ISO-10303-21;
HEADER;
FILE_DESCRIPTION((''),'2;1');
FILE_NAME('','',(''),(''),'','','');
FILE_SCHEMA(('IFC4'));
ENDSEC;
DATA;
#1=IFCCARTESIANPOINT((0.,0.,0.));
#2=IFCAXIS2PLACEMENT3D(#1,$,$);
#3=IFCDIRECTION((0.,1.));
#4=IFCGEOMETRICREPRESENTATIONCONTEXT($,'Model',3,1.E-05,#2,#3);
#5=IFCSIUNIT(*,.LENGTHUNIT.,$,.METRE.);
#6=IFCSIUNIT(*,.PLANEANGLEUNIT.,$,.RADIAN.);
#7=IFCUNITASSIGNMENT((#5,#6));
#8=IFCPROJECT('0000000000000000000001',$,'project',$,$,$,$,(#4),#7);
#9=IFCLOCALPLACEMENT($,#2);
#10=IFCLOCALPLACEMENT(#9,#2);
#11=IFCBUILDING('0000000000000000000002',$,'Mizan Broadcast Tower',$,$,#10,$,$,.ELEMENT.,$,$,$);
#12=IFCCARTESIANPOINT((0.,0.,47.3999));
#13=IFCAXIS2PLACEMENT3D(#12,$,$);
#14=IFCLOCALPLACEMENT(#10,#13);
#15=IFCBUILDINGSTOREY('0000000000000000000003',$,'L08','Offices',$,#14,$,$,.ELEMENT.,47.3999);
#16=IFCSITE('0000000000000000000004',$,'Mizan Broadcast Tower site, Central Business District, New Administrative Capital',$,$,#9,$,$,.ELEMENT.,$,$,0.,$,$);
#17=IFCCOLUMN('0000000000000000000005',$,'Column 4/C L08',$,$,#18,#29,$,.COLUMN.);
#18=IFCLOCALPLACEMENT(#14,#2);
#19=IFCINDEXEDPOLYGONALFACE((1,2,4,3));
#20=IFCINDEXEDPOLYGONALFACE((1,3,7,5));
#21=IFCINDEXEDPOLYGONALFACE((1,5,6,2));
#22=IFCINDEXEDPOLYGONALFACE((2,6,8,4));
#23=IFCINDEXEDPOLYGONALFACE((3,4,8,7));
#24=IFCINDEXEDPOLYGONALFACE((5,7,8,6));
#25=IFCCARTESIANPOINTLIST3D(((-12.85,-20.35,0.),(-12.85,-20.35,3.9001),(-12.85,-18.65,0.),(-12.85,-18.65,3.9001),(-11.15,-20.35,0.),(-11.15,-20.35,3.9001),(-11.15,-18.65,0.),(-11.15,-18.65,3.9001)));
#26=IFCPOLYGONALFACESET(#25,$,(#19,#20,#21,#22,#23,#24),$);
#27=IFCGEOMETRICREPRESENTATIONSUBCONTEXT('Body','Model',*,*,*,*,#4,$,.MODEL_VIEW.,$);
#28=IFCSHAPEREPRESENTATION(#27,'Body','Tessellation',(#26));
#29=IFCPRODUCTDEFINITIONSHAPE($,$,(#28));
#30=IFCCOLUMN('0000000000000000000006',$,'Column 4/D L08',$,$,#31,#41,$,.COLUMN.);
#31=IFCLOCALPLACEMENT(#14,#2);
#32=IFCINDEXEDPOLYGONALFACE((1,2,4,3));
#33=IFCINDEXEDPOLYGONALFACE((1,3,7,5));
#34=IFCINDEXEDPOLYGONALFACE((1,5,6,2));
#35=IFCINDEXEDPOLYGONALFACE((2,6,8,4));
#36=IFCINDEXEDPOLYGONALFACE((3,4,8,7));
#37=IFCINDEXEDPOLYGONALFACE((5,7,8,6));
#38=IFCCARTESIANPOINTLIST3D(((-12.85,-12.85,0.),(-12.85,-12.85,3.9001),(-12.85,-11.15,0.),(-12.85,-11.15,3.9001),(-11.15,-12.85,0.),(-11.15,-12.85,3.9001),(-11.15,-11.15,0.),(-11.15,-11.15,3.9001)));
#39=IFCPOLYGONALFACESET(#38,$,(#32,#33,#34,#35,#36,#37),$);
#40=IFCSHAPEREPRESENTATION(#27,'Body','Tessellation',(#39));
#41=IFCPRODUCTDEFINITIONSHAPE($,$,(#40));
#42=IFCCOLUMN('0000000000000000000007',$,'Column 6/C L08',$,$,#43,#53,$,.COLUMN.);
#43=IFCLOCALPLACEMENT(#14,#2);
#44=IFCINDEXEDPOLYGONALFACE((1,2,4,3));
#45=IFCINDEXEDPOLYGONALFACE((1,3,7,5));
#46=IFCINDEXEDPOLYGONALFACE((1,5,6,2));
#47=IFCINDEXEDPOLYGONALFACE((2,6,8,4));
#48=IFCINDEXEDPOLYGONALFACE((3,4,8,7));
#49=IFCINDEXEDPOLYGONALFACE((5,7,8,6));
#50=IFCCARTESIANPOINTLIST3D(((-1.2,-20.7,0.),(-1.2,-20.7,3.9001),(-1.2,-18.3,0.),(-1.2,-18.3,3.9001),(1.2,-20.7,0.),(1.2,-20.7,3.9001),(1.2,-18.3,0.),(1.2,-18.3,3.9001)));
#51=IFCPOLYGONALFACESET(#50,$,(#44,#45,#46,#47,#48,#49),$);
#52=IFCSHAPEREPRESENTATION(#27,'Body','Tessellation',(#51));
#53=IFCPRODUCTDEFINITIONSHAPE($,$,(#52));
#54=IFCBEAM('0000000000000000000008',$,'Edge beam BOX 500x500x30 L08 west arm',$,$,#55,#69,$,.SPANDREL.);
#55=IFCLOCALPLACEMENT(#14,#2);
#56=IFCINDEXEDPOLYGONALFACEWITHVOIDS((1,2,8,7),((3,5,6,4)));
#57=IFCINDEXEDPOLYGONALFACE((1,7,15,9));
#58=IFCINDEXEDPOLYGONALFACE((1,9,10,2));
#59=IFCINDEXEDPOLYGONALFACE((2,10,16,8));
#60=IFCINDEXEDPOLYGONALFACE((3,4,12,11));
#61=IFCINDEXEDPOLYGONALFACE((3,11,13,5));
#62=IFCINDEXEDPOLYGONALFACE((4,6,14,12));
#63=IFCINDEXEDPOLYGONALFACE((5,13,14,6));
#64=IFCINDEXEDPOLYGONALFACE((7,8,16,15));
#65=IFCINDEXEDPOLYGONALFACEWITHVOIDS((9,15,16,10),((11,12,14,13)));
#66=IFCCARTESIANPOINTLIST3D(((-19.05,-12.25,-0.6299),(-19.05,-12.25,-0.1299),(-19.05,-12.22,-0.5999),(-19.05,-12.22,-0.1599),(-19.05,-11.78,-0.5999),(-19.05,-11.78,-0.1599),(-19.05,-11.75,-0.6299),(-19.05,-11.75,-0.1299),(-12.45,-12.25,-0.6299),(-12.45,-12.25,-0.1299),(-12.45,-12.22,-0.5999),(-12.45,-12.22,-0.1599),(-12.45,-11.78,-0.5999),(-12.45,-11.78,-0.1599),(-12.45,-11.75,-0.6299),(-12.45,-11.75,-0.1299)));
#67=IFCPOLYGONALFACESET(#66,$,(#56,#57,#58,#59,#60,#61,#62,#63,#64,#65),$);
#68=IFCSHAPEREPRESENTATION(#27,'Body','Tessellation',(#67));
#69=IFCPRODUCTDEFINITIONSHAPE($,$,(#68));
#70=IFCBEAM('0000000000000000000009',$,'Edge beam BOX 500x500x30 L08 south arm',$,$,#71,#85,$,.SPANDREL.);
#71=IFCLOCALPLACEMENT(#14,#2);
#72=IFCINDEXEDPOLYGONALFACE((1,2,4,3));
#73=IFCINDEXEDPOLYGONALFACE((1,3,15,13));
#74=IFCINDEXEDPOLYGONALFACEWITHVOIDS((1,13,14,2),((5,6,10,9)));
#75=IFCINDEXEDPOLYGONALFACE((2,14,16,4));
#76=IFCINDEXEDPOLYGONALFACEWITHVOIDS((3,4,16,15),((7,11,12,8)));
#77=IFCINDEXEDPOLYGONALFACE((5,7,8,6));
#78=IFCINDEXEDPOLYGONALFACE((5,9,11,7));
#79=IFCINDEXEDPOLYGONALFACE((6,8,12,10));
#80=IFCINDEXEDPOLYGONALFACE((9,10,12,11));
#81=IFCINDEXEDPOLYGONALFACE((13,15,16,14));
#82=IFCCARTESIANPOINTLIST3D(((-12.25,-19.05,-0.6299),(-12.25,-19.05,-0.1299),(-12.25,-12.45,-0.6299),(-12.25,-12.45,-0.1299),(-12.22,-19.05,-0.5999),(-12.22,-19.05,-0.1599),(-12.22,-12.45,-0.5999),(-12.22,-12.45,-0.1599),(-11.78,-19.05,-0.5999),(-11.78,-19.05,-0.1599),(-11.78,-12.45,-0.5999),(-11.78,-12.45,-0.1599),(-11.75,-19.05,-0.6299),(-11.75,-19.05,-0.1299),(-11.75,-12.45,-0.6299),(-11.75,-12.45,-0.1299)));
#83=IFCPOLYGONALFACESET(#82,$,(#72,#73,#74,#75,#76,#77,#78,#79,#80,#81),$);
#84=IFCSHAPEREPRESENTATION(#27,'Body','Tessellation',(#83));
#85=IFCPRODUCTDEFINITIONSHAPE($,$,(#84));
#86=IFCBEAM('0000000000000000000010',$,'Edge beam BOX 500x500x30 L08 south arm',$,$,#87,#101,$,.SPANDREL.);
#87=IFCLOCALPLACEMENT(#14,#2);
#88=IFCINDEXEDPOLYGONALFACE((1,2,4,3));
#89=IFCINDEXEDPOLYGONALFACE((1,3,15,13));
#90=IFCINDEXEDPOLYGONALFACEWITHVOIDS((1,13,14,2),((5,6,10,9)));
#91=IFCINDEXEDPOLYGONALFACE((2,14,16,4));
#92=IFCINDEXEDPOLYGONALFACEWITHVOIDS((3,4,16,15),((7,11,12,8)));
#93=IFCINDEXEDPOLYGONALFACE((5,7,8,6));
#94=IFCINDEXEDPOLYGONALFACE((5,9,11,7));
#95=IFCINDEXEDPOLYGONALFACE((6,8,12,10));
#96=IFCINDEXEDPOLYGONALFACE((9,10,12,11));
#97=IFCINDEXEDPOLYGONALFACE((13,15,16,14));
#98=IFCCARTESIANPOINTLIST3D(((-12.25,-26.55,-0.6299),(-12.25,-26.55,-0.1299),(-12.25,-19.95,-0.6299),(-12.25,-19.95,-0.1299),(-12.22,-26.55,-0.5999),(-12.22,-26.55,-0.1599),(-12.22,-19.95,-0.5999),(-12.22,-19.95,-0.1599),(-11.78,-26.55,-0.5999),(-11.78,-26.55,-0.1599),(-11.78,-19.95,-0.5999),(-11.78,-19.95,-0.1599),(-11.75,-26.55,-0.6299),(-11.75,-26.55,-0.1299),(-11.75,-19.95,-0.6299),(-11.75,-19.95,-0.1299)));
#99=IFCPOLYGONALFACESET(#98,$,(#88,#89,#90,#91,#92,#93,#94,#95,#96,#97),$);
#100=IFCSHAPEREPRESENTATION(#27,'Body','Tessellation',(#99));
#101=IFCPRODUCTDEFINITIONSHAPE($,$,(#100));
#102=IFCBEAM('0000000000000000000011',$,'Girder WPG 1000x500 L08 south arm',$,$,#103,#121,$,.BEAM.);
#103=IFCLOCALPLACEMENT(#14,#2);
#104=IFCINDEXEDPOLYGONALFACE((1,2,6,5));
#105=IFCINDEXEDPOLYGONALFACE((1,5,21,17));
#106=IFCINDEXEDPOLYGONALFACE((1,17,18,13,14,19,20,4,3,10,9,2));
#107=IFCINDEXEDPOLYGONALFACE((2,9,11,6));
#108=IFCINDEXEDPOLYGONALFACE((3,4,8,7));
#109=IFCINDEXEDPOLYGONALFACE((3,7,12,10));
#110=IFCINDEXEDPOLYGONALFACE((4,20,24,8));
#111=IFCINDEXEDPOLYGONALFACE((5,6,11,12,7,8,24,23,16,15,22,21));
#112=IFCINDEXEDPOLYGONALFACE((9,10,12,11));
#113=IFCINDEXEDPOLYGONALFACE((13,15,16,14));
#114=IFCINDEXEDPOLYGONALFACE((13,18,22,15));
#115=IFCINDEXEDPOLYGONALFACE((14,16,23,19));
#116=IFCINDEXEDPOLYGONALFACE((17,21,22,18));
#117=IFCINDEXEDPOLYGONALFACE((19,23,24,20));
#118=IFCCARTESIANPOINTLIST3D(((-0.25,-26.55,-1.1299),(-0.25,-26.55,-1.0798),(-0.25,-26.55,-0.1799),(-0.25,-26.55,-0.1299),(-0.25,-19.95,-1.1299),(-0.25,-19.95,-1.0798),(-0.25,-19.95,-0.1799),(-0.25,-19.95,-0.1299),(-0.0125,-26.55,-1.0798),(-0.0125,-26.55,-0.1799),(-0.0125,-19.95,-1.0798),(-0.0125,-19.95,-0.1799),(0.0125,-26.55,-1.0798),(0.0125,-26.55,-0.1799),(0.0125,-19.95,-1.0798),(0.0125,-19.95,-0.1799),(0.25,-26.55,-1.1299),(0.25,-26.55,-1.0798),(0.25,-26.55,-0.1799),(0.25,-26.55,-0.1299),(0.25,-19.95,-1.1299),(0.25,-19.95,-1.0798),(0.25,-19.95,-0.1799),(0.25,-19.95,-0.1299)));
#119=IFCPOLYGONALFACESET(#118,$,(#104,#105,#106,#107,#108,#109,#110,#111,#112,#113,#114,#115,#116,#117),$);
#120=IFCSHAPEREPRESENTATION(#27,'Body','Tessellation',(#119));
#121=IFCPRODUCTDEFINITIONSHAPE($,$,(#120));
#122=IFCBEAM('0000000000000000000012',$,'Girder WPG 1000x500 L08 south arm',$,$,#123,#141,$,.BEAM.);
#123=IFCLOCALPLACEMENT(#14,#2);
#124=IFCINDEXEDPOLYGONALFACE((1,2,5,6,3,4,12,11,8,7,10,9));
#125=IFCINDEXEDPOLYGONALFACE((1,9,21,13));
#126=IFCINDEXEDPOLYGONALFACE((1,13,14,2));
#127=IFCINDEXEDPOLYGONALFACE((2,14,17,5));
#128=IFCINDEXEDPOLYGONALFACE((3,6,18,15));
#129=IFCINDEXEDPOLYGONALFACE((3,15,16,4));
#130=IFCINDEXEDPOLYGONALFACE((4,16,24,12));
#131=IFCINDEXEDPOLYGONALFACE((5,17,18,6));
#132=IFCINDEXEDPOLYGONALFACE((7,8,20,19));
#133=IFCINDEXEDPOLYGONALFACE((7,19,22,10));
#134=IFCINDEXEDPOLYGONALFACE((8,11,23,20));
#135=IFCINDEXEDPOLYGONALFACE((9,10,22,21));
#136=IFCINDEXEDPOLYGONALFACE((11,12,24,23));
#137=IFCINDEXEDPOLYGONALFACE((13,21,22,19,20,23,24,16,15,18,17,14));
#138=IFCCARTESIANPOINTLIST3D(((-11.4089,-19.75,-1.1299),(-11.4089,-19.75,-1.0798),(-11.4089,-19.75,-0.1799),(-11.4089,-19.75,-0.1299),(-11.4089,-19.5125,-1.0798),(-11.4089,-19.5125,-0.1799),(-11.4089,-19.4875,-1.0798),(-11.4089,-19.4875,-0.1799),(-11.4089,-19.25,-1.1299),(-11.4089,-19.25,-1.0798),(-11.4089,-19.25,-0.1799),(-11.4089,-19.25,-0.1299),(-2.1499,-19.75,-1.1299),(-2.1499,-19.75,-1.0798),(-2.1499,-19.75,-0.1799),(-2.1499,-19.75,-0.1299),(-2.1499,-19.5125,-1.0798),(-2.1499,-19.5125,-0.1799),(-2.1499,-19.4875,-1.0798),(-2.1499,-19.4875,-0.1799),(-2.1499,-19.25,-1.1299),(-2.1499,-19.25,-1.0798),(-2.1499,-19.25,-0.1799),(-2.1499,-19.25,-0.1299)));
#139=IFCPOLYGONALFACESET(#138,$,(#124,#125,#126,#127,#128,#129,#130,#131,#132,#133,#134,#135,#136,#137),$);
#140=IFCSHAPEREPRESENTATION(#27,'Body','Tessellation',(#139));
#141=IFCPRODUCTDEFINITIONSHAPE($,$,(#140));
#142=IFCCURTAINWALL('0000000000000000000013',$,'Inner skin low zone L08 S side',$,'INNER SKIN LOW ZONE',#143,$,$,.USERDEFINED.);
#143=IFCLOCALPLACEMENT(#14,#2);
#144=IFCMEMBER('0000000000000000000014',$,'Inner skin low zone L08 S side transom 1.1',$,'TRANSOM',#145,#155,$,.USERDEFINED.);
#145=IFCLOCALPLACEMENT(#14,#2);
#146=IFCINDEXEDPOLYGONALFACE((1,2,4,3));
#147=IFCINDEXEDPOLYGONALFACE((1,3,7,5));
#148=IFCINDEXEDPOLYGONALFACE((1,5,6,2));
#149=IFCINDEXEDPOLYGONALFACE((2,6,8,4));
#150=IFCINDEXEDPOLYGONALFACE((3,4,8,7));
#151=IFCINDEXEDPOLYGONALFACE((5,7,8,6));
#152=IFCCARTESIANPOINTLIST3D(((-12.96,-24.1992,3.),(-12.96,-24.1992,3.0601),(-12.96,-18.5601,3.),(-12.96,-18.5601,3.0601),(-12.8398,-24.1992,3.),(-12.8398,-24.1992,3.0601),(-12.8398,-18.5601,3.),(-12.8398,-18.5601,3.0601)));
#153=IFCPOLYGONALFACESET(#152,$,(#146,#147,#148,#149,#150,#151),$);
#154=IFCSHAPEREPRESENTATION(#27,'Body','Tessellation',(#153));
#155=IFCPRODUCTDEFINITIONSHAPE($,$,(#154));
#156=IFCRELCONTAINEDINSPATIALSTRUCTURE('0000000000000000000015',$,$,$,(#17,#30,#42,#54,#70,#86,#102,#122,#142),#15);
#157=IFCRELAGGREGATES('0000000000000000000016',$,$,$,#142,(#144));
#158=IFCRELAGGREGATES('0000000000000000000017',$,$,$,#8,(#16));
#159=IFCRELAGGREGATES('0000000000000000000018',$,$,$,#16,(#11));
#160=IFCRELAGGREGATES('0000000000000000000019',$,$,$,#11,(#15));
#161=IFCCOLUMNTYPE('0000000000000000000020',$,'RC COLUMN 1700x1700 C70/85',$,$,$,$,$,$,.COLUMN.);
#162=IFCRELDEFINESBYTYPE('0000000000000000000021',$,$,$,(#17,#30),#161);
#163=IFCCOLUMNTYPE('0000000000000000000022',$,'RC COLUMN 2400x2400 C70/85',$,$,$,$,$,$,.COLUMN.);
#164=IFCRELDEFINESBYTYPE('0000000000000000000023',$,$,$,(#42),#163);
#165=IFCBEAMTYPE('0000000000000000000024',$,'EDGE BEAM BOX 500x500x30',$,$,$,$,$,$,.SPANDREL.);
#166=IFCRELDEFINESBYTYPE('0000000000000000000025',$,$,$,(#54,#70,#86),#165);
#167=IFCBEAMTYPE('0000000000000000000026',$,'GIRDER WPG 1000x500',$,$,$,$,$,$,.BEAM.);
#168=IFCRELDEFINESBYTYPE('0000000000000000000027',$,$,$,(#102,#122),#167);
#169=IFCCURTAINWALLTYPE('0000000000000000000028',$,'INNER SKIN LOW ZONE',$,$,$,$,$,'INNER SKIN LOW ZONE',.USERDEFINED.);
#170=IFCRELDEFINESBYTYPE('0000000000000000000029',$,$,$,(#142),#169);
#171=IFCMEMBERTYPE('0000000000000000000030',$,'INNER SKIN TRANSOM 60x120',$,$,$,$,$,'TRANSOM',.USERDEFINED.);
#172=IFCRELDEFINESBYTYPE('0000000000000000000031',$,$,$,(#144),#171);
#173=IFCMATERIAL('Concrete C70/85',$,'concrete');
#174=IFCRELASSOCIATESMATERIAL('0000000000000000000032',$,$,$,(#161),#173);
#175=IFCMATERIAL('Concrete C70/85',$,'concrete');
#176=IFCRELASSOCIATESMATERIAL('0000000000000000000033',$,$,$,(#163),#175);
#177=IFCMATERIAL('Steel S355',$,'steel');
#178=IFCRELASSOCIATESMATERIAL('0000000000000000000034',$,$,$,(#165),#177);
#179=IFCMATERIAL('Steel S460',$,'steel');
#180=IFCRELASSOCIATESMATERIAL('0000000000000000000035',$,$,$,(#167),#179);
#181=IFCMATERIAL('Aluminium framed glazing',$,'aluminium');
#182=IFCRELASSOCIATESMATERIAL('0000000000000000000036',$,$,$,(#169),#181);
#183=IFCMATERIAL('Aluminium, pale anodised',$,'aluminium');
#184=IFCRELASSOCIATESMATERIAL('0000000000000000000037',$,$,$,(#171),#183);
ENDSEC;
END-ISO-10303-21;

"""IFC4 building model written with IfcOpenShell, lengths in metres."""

from ifc_helpers import new_model, si_unit, direction, frame, origin, origin_2d, place, context, subcontext, project, spatial, rectangle, hollow_rectangle, i_section, extrude, material, material_profile, profile_set, type_object, element, aggregate, save


model = new_model("IFC4")

# Units and contexts
model_context = context("Model", 3, precision=1e-05, world=origin(), true_north=direction((0.0, 1.0)))
body_context = subcontext(model_context, "Body", "Model", "MODEL_VIEW")
ifc_project = project(units=[si_unit("LENGTHUNIT", "METRE"), si_unit("PLANEANGLEUNIT", "RADIAN")], contexts=[model_context])

# Site, building, storey
site_placement = place(None, origin())
site = spatial("IfcSite", under=ifc_project, at=site_placement, Name="Mizan Broadcast Tower site, Central Business District, New Administrative Capital", CompositionType="ELEMENT", RefElevation=0.0)
building_placement = place(site_placement, origin())
building = spatial("IfcBuilding", under=site, at=building_placement, Name="Mizan Broadcast Tower", CompositionType="ELEMENT")
storey_placement = place(building_placement, frame((0.0, 0.0, 47.3999)))
storey = spatial("IfcBuildingStorey", under=building, at=storey_placement, Name="L08", Description="Offices", CompositionType="ELEMENT", Elevation=47.3999)

# Columns
ifc_material_1 = material(Name="Concrete C70/85", Category="concrete")
ifc_material_profile_1 = material_profile(ifc_material_1, rectangle(XDim=1.7, YDim=1.7, at=origin_2d()), Name="RC 1700x1700")
ifc_profile_set_1 = profile_set([ifc_material_profile_1], Name="Concrete C70/85")
column_type_1 = type_object("IfcColumnType", Name="RC COLUMN 1700x1700 C70/85", PredefinedType="COLUMN", material=ifc_profile_set_1)
for number, where, z_axis, x_axis, name in (
    (1, (-12.0, -19.5, 0.0), (0.0, 0.0, 1.0), (1.0, 0.0, 0.0), "Column 4/C L08"),
    (2, (-12.0, -12.0, 0.0), (0.0, 0.0, 1.0), (1.0, 0.0, 0.0), "Column 4/D L08"),
):
    element("IfcColumn", number, at=place(storey_placement, frame(where, z_axis=z_axis, x_axis=x_axis)), inside=storey, type_object=column_type_1, Name=name, PredefinedType="COLUMN", context=body_context, shape_type="SweptSolid", body=[
        extrude(rectangle(XDim=1.7, YDim=1.7, at=origin_2d()), origin(), (0.0, 0.0, 1.0), 3.9001),
    ])
ifc_material_2 = material(Name="Concrete C70/85", Category="concrete")
ifc_material_profile_2 = material_profile(ifc_material_2, rectangle(XDim=2.3999, YDim=2.3999, at=origin_2d()), Name="RC 2400x2400")
ifc_profile_set_2 = profile_set([ifc_material_profile_2], Name="Concrete C70/85")
column_type_2 = type_object("IfcColumnType", Name="RC COLUMN 2400x2400 C70/85", PredefinedType="COLUMN", material=ifc_profile_set_2)
column_placement = place(storey_placement, frame((0.0, -19.5, 0.0), z_axis=(0.0, 0.0, 1.0), x_axis=(1.0, 0.0, 0.0)))
element("IfcColumn", 3, at=column_placement, inside=storey, type_object=column_type_2, Name="Column 6/C L08", PredefinedType="COLUMN", context=body_context, shape_type="SweptSolid", body=[
    extrude(rectangle(XDim=2.3999, YDim=2.3999, at=origin_2d()), origin(), (0.0, 0.0, 1.0), 3.9001),
])

# Beams
ifc_material_3 = material(Name="Steel S355", Category="steel")
ifc_material_profile_3 = material_profile(ifc_material_3, hollow_rectangle(XDim=0.5, YDim=0.5, WallThickness=0.03, at=origin_2d()), Name="BOX 500x500x30")
ifc_profile_set_3 = profile_set([ifc_material_profile_3], Name="Steel S355")
beam_type_1 = type_object("IfcBeamType", Name="EDGE BEAM BOX 500x500x30", PredefinedType="SPANDREL", material=ifc_profile_set_3)
for number, where, z_axis, x_axis, name in (
    (4, (-12.45, -12.0, -0.3799), (-1.0, 0.0, 0.0), (0.0, -1.0, 0.0), "Edge beam BOX 500x500x30 L08 west arm"),
    (5, (-12.0, -12.45, -0.3799), (0.0, -1.0, 0.0), (1.0, 0.0, 0.0), "Edge beam BOX 500x500x30 L08 south arm"),
    (6, (-12.0, -19.95, -0.3799), (0.0, -1.0, 0.0), (1.0, 0.0, 0.0), "Edge beam BOX 500x500x30 L08 south arm"),
):
    element("IfcBeam", number, at=place(storey_placement, frame(where, z_axis=z_axis, x_axis=x_axis)), inside=storey, type_object=beam_type_1, Name=name, PredefinedType="SPANDREL", context=body_context, shape_type="SweptSolid", body=[
        extrude(hollow_rectangle(XDim=0.5, YDim=0.5, WallThickness=0.03, at=origin_2d()), origin(), (0.0, 0.0, 1.0), 6.6001),
    ])
ifc_material_4 = material(Name="Steel S460", Category="steel")
ifc_material_profile_4 = material_profile(ifc_material_4, i_section(OverallWidth=0.5, OverallDepth=1.0, WebThickness=0.0249, FlangeThickness=0.05, at=origin_2d()), Name="WPG 1000x500")
ifc_profile_set_4 = profile_set([ifc_material_profile_4], Name="Steel S460")
beam_type_2 = type_object("IfcBeamType", Name="GIRDER WPG 1000x500", PredefinedType="BEAM", material=ifc_profile_set_4)
beam_1_placement = place(storey_placement, frame((0.0, -19.95, -0.6299), z_axis=(0.0, -1.0, 0.0), x_axis=(1.0, 0.0, 0.0)))
element("IfcBeam", 7, at=beam_1_placement, inside=storey, type_object=beam_type_2, Name="Girder WPG 1000x500 L08 south arm", PredefinedType="BEAM", context=body_context, shape_type="SweptSolid", body=[
    extrude(i_section(OverallWidth=0.5, OverallDepth=1.0, WebThickness=0.0249, FlangeThickness=0.05, at=origin_2d()), origin(), (0.0, 0.0, 1.0), 6.6001),
])
beam_2_placement = place(storey_placement, frame((-11.4089, -19.5, -0.6299), z_axis=(1.0, 0.0, 0.0), x_axis=(0.0, 1.0, 0.0)))
element("IfcBeam", 8, at=beam_2_placement, inside=storey, type_object=beam_type_2, Name="Girder WPG 1000x500 L08 south arm", PredefinedType="BEAM", context=body_context, shape_type="SweptSolid", body=[
    extrude(i_section(OverallWidth=0.5, OverallDepth=1.0, WebThickness=0.0249, FlangeThickness=0.05, at=origin_2d()), origin(), (0.0, 0.0, 1.0), 9.259),
])

# Curtain wall, member
ifc_material_5 = material(Name="Aluminium framed glazing", Category="aluminium")
curtain_wall_type = type_object("IfcCurtainWallType", Name="INNER SKIN LOW ZONE", ElementType="INNER SKIN LOW ZONE", PredefinedType="USERDEFINED", material=ifc_material_5)
curtain_wall_placement = place(storey_placement, origin())
curtain_wall = element("IfcCurtainWall", 9, at=curtain_wall_placement, inside=storey, type_object=curtain_wall_type, Name="Inner skin low zone L08 S side", ObjectType="INNER SKIN LOW ZONE", PredefinedType="USERDEFINED")
ifc_material_6 = material(Name="Aluminium, pale anodised", Category="aluminium")
ifc_material_profile_5 = material_profile(ifc_material_6, rectangle(XDim=0.1201, YDim=0.0601, at=origin_2d()), Name="TRANSOM 120x60")
ifc_profile_set_5 = profile_set([ifc_material_profile_5], Name="Aluminium, pale anodised")
member_type = type_object("IfcMemberType", Name="INNER SKIN TRANSOM 60x120", ElementType="TRANSOM", PredefinedType="USERDEFINED", material=ifc_profile_set_5)
member_placement = place(storey_placement, frame((-12.8999, -18.5601, 3.03), z_axis=(0.0, -1.0, 0.0), x_axis=(1.0, 0.0, 0.0)))
member = element("IfcMember", 10, at=member_placement, type_object=member_type, Name="Inner skin low zone L08 S side transom 1.1", ObjectType="TRANSOM", PredefinedType="USERDEFINED", context=body_context, shape_type="SweptSolid", body=[
    extrude(rectangle(XDim=0.1201, YDim=0.0601, at=origin_2d()), origin(), (0.0, 0.0, 1.0), 5.6392),
])
aggregate(curtain_wall, [member])

save(model, "model.ifc")
